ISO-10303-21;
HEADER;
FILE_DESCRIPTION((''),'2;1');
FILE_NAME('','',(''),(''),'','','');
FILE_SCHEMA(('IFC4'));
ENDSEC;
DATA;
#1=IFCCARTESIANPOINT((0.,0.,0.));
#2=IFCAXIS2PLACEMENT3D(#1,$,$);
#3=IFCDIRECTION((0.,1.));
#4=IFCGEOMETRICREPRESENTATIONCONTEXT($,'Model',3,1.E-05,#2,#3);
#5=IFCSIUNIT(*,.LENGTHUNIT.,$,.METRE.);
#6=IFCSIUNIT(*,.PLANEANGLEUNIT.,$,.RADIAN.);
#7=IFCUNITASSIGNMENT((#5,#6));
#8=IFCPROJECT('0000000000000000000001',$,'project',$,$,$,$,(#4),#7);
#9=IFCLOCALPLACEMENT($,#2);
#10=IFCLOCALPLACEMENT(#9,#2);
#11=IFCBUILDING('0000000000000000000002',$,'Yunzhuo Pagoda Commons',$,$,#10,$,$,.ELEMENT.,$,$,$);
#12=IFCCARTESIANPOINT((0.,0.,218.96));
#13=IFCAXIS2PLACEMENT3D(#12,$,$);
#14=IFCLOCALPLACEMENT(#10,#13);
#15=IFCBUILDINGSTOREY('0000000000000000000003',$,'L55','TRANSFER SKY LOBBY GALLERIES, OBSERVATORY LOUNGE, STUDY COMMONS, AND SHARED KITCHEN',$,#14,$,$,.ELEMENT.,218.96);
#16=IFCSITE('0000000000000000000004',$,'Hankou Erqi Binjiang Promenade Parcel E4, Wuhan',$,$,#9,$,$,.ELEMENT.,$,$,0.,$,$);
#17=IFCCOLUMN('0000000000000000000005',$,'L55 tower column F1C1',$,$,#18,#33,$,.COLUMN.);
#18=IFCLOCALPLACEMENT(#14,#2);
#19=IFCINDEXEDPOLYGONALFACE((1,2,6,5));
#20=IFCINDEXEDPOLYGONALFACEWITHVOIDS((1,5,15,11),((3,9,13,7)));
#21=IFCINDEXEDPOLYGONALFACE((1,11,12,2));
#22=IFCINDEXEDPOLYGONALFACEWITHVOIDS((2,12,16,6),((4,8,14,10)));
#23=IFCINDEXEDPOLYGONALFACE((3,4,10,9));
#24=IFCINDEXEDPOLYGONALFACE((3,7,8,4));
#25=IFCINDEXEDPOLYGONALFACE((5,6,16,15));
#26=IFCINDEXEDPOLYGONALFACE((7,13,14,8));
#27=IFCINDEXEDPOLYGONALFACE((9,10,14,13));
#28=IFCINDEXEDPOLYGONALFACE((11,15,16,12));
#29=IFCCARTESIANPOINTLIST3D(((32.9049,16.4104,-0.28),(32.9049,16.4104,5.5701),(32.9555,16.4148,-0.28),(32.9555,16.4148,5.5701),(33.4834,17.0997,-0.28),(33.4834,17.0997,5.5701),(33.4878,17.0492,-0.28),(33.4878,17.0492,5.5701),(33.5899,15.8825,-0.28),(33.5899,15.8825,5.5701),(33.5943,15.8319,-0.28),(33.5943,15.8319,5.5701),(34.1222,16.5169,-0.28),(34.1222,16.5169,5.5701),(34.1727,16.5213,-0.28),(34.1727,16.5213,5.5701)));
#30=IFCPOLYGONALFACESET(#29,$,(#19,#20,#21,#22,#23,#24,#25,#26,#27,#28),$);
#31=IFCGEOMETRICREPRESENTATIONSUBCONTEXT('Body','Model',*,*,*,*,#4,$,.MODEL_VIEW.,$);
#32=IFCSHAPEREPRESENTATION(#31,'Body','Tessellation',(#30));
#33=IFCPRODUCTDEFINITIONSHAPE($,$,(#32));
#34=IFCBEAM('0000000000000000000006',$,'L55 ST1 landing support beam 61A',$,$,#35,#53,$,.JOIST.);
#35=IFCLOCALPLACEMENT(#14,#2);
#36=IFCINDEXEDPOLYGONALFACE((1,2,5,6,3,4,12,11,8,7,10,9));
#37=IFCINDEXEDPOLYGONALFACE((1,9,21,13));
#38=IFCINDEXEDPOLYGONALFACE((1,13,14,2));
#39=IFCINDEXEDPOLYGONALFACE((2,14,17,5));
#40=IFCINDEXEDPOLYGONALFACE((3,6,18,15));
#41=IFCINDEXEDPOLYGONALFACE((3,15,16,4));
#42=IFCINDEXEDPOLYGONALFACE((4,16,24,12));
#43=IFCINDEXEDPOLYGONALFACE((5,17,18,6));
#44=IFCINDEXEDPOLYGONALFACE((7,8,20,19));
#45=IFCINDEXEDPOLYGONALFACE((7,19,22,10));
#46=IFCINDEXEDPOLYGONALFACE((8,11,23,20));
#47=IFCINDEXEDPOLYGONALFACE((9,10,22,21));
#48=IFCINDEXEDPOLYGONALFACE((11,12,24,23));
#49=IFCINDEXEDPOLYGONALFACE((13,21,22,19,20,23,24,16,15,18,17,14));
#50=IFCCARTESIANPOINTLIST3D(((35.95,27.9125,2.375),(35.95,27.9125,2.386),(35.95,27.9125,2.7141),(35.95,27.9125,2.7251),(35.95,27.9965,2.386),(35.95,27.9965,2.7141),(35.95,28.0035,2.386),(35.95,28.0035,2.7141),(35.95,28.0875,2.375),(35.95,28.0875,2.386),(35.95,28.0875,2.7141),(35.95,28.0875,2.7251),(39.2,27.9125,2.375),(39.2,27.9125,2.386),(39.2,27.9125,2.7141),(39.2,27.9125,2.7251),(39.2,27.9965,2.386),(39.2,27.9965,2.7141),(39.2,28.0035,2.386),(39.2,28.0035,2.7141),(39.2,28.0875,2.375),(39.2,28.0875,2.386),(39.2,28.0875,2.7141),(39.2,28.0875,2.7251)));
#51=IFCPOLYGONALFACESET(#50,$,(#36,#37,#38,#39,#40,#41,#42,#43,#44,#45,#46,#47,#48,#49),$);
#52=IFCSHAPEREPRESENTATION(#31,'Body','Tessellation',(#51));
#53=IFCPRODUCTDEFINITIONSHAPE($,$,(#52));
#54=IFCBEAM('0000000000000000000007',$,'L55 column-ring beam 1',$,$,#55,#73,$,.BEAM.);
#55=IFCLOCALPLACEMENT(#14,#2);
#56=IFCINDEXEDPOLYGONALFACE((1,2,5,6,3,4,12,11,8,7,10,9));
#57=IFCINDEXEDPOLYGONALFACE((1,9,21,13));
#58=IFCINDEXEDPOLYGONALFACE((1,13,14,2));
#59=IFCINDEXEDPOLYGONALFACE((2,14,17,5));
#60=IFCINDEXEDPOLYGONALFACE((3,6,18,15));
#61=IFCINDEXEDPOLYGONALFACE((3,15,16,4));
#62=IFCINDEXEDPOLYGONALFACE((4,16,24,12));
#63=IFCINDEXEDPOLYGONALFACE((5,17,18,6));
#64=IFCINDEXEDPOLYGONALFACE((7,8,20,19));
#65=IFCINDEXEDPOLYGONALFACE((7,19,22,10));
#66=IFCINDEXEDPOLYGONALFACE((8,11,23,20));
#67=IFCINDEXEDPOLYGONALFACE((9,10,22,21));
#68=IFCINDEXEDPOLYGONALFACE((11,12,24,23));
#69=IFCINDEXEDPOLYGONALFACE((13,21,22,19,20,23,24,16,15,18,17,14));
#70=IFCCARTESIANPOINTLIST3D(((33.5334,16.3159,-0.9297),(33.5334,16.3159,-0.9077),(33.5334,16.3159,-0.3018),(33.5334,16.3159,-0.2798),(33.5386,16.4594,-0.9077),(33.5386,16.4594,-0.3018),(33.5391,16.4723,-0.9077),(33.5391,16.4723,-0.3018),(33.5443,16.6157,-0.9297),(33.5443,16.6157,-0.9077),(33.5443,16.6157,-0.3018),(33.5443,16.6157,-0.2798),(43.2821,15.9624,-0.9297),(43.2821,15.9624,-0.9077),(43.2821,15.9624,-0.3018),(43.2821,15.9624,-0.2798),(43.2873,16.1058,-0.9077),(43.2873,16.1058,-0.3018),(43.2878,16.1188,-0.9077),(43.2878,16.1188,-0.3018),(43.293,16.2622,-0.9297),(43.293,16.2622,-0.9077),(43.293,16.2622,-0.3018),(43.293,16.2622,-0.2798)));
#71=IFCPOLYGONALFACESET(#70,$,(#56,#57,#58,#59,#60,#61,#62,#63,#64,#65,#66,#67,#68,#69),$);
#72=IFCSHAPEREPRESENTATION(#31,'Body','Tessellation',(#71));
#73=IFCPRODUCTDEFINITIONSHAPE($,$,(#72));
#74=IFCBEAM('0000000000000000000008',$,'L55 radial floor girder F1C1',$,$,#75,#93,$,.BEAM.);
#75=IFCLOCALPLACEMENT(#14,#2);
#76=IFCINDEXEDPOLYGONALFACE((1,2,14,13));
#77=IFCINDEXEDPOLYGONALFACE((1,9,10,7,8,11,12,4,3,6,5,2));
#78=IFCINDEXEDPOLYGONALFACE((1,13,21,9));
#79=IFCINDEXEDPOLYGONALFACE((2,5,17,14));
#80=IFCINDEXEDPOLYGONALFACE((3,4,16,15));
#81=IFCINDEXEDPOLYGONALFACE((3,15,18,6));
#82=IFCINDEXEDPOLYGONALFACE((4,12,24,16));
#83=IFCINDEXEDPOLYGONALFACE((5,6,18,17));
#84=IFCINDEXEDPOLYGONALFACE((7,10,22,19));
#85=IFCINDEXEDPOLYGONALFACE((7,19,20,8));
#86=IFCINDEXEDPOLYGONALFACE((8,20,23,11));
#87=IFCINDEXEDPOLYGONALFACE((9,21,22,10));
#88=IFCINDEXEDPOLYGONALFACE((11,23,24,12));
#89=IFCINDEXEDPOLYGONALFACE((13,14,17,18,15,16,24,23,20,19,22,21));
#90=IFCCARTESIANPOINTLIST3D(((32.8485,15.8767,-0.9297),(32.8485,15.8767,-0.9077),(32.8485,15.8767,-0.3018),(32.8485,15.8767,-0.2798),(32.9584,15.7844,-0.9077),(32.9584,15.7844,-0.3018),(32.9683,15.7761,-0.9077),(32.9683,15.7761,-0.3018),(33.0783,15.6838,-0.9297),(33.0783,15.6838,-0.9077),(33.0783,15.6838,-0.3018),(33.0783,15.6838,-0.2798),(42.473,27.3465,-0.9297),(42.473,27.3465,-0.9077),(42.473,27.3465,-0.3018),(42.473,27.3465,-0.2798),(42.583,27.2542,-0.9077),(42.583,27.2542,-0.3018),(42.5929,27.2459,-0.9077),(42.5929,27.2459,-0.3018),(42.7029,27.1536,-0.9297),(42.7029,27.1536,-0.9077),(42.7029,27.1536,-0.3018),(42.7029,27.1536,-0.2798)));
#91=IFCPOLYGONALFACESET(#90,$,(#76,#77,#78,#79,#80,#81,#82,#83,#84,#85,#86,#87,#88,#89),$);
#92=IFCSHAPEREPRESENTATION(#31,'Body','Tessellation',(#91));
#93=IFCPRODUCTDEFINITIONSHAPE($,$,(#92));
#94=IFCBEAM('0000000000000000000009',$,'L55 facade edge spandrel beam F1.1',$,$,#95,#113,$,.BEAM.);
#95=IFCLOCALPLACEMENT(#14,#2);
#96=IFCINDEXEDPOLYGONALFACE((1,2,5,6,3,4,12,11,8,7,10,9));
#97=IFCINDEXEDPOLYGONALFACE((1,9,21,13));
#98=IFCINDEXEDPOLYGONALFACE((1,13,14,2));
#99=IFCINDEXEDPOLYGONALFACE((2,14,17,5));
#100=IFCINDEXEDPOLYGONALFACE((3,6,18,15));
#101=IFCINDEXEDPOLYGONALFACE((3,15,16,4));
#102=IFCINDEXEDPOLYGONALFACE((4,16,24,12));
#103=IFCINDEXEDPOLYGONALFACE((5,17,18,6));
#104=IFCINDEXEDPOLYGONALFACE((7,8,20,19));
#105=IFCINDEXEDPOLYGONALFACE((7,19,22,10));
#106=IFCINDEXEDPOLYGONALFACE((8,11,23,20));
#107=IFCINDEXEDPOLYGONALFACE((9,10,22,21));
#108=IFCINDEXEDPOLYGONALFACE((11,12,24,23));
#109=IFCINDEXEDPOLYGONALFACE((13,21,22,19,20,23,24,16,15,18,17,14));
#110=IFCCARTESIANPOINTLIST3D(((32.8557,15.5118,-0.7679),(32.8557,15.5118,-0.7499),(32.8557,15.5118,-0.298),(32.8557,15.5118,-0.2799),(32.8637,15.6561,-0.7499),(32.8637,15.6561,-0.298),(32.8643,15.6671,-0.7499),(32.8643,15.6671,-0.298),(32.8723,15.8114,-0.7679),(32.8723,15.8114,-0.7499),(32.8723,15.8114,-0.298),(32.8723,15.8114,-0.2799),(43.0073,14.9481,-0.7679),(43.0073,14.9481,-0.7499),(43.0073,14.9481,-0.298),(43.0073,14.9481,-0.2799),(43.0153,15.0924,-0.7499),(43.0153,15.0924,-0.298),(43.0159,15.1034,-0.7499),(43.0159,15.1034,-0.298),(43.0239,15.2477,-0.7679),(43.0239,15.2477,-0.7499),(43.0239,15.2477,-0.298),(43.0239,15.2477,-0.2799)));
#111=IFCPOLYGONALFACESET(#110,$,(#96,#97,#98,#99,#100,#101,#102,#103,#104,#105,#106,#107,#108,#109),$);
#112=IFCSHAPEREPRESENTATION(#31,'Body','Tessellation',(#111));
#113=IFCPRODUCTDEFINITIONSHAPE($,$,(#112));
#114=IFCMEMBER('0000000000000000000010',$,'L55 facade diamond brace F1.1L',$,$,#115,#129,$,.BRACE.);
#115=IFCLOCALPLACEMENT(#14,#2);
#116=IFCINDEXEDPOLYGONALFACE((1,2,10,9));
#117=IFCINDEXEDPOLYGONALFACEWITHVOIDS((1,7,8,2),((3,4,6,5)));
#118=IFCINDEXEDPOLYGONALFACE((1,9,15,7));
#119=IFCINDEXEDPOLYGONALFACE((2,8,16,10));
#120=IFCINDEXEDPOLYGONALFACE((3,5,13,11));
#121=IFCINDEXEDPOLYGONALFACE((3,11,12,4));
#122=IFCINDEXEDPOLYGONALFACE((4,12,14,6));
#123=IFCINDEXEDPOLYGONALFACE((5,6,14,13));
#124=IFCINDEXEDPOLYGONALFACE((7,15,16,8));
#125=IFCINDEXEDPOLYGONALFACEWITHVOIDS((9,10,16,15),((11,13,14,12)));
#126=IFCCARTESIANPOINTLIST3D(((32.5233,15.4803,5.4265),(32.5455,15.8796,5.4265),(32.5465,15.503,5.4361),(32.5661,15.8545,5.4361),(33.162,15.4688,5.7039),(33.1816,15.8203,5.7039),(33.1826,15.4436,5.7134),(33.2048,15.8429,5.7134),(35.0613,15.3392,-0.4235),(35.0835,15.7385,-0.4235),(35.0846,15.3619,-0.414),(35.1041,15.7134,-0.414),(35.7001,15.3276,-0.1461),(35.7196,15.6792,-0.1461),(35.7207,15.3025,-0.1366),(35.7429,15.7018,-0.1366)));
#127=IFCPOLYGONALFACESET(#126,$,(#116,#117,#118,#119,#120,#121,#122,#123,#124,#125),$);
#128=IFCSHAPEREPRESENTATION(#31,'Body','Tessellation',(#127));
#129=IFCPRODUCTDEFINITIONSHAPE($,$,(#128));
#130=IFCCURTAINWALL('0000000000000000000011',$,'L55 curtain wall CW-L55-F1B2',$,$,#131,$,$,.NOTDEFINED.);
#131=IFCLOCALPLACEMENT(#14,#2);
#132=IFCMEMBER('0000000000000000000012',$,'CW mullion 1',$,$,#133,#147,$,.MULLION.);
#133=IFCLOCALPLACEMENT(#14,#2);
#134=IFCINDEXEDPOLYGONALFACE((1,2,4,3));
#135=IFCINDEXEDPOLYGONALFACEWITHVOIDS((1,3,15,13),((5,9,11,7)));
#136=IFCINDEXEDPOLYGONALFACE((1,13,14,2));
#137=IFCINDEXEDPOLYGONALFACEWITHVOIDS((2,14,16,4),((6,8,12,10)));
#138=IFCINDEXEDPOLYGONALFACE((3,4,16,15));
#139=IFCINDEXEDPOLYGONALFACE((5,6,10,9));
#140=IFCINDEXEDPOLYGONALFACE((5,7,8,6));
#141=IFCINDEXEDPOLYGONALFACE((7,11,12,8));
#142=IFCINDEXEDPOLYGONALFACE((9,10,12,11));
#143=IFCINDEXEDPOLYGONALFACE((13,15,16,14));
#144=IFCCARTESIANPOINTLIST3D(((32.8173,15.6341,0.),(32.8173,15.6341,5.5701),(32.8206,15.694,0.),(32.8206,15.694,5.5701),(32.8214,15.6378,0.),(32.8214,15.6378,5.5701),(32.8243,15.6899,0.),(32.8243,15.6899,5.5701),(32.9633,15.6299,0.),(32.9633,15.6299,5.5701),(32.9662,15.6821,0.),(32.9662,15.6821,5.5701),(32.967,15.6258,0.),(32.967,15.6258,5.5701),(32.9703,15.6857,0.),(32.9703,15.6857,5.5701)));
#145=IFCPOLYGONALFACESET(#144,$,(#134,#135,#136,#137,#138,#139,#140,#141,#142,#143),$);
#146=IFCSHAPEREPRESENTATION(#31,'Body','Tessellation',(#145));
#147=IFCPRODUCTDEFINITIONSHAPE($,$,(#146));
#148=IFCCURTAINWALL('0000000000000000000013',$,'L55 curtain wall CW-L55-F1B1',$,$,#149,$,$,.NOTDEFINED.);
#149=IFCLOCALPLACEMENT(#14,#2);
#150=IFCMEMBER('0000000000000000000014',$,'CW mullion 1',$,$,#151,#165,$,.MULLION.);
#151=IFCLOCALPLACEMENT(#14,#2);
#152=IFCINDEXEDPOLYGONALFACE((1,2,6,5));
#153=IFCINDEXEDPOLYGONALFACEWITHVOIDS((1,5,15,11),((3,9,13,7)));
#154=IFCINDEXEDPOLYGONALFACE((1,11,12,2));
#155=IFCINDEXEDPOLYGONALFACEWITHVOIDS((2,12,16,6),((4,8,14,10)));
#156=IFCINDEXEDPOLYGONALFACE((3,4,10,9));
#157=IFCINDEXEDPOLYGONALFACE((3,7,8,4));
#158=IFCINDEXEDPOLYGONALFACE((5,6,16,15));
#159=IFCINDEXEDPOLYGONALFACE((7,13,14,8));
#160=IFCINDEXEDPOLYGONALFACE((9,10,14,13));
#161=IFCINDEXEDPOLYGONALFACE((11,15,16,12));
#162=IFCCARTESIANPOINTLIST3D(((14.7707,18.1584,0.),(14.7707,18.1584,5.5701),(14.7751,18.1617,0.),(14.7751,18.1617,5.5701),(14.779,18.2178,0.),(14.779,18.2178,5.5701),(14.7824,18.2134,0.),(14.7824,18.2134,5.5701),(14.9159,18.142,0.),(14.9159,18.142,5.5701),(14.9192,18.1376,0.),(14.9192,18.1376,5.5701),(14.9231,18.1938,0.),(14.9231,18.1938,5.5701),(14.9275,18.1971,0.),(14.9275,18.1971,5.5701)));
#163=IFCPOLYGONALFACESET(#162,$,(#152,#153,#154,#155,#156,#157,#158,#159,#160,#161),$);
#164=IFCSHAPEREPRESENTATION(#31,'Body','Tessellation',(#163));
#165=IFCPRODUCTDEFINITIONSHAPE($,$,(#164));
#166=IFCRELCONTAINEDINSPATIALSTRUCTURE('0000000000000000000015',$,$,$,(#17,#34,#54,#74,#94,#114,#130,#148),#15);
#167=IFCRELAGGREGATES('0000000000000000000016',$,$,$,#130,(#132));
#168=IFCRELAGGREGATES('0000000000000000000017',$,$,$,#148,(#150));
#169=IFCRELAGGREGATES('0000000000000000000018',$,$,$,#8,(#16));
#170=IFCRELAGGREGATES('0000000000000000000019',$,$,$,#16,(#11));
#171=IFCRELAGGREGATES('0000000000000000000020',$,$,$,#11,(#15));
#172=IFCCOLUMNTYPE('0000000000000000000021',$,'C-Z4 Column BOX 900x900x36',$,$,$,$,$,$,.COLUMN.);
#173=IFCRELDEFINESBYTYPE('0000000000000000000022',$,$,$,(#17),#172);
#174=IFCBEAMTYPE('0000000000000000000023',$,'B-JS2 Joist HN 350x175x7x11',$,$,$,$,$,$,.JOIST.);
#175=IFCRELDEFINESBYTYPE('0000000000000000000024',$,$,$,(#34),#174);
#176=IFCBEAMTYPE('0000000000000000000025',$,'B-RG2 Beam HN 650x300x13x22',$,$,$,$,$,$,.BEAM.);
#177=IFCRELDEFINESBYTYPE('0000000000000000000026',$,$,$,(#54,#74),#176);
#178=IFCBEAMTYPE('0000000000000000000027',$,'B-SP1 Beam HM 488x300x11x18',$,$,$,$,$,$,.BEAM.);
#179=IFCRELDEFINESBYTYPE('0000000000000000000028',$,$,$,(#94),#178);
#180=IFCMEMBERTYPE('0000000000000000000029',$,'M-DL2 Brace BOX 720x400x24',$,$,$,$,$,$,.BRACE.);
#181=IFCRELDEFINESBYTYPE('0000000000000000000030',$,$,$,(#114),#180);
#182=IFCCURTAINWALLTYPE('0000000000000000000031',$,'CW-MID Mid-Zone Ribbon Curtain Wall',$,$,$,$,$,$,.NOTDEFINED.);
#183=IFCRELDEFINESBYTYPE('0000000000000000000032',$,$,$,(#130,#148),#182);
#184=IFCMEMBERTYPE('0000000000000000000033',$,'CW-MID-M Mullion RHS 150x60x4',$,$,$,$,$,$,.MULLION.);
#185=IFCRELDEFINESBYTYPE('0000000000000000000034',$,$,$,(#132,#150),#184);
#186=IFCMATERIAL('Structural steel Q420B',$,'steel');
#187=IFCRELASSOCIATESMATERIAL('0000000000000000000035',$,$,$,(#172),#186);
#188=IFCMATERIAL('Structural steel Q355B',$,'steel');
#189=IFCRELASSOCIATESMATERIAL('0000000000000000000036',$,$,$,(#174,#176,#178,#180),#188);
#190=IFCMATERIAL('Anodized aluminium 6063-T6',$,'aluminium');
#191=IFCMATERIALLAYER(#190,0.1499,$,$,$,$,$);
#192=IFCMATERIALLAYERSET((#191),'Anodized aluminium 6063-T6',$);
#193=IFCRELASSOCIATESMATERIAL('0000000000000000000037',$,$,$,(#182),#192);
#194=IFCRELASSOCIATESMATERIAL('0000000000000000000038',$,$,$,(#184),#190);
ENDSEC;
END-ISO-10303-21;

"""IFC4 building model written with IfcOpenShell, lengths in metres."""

from ifc_helpers import new_model, si_unit, direction, frame, origin, origin_2d, place, context, subcontext, project, spatial, hollow_rectangle, i_section, extrude, source, transform, mapped, material, layer, layer_set, material_profile, profile_set, type_object, element, aggregate, save


model = new_model("IFC4")

# Units and contexts
model_context = context("Model", 3, precision=1e-05, world=origin(), true_north=direction((0.0, 1.0)))
body_context = subcontext(model_context, "Body", "Model", "MODEL_VIEW")
ifc_project = project(units=[si_unit("LENGTHUNIT", "METRE"), si_unit("PLANEANGLEUNIT", "RADIAN")], contexts=[model_context])

# Site, building, storey
site_placement = place(None, origin())
site = spatial("IfcSite", under=ifc_project, at=site_placement, Name="Hankou Erqi Binjiang Promenade Parcel E4, Wuhan", CompositionType="ELEMENT", RefElevation=0.0)
building_placement = place(site_placement, origin())
building = spatial("IfcBuilding", under=site, at=building_placement, Name="Yunzhuo Pagoda Commons", CompositionType="ELEMENT")
storey_placement = place(building_placement, frame((0.0, 0.0, 218.96)))
storey = spatial("IfcBuildingStorey", under=building, at=storey_placement, Name="L55", Description="TRANSFER SKY LOBBY GALLERIES, OBSERVATORY LOUNGE, STUDY COMMONS, AND SHARED KITCHEN", CompositionType="ELEMENT", Elevation=218.96)

# Column
ifc_material_1 = material(Name="Structural steel Q420B", Category="steel")
ifc_material_profile_1 = material_profile(ifc_material_1, hollow_rectangle(XDim=0.8999, YDim=0.8999, WallThickness=0.0359, at=origin_2d()), Name="Structural steel Q420B")
ifc_profile_set_1 = profile_set([ifc_material_profile_1], Name="Structural steel Q420B")
column_type = type_object("IfcColumnType", Name="C-Z4 Column BOX 900x900x36", PredefinedType="COLUMN", material=ifc_profile_set_1)
shared_shape_1 = source(origin(), body_context, "Body", "SweptSolid", [
    extrude(hollow_rectangle(XDim=0.8999, YDim=0.8999, WallThickness=0.0359, at=origin_2d()), origin(), (0.0, 0.0, 1.0), 5.8501),
])
column_placement = place(storey_placement, frame((33.5388, 16.4658, -0.28), z_axis=(0.0, 0.0, 1.0), x_axis=(0.766044, -0.642788, 0.0)))
element("IfcColumn", 1, at=column_placement, inside=storey, type_object=column_type, Name="L55 tower column F1C1", PredefinedType="COLUMN", context=body_context, shape_type="MappedRepresentation", body=[
    mapped(shared_shape_1, transform((0.0, 0.0, 0.0), scale=1.0)),
])

# Beams
ifc_material_2 = material(Name="Structural steel Q355B", Category="steel")
ifc_material_profile_2 = material_profile(ifc_material_2, i_section(OverallWidth=0.175, OverallDepth=0.3501, WebThickness=0.0071, FlangeThickness=0.011, at=origin_2d()), Name="Structural steel Q355B")
ifc_profile_set_2 = profile_set([ifc_material_profile_2], Name="Structural steel Q355B")
beam_type_1 = type_object("IfcBeamType", Name="B-JS2 Joist HN 350x175x7x11", PredefinedType="JOIST", material=ifc_profile_set_2)
shared_shape_2 = source(origin(), body_context, "Body", "SweptSolid", [
    extrude(i_section(OverallWidth=0.175, OverallDepth=0.3501, WebThickness=0.0071, FlangeThickness=0.011, at=origin_2d()), origin(), (0.0, 0.0, 1.0), 3.25),
])
beam_1_placement = place(storey_placement, frame((35.95, 28.0, 2.55), z_axis=(1.0, 0.0, 0.0), x_axis=(0.0, 1.0, 0.0)))
element("IfcBeam", 2, at=beam_1_placement, inside=storey, type_object=beam_type_1, Name="L55 ST1 landing support beam 61A", PredefinedType="JOIST", context=body_context, shape_type="MappedRepresentation", body=[
    mapped(shared_shape_2, transform((0.0, 0.0, 0.0), scale=1.0)),
])
ifc_material_profile_3 = material_profile(ifc_material_2, i_section(OverallWidth=0.3, OverallDepth=0.6499, WebThickness=0.0129, FlangeThickness=0.022, at=origin_2d()), Name="Structural steel Q355B")
ifc_profile_set_3 = profile_set([ifc_material_profile_3], Name="Structural steel Q355B")
beam_type_2 = type_object("IfcBeamType", Name="B-RG2 Beam HN 650x300x13x22", PredefinedType="BEAM", material=ifc_profile_set_3)
shared_shape_3 = source(origin(), body_context, "Body", "SweptSolid", [
    extrude(i_section(OverallWidth=0.3, OverallDepth=0.6499, WebThickness=0.0129, FlangeThickness=0.022, at=origin_2d()), origin(), (0.0, 0.0, 1.0), 9.7551),
])
beam_2_placement = place(storey_placement, frame((33.5388, 16.4658, -0.6047), z_axis=(0.999343, -0.036239, 0.0), x_axis=(0.036239, 0.999343, 0.0)))
element("IfcBeam", 3, at=beam_2_placement, inside=storey, type_object=beam_type_2, Name="L55 column-ring beam 1", PredefinedType="BEAM", context=body_context, shape_type="MappedRepresentation", body=[
    mapped(shared_shape_3, transform((0.0, 0.0, 0.0), scale=1.0)),
])
shared_shape_4 = source(origin(), body_context, "Body", "SweptSolid", [
    extrude(i_section(OverallWidth=0.3, OverallDepth=0.6499, WebThickness=0.0129, FlangeThickness=0.022, at=origin_2d()), origin(), (0.0, 0.0, 1.0), 14.9729),
])
beam_3_placement = place(storey_placement, frame((32.9634, 15.7803, -0.6047), z_axis=(0.642798, 0.766036, 0.0), x_axis=(-0.766036, 0.642798, 0.0)))
element("IfcBeam", 4, at=beam_3_placement, inside=storey, type_object=beam_type_2, Name="L55 radial floor girder F1C1", PredefinedType="BEAM", context=body_context, shape_type="MappedRepresentation", body=[
    mapped(shared_shape_4, transform((0.0, 0.0, 0.0), scale=1.0)),
])
ifc_material_profile_4 = material_profile(ifc_material_2, i_section(OverallWidth=0.3, OverallDepth=0.488, WebThickness=0.011, FlangeThickness=0.0181, at=origin_2d()), Name="Structural steel Q355B")
ifc_profile_set_4 = profile_set([ifc_material_profile_4], Name="Structural steel Q355B")
beam_type_3 = type_object("IfcBeamType", Name="B-SP1 Beam HM 488x300x11x18", PredefinedType="BEAM", material=ifc_profile_set_4)
shared_shape_5 = source(origin(), body_context, "Body", "SweptSolid", [
    extrude(i_section(OverallWidth=0.3, OverallDepth=0.488, WebThickness=0.011, FlangeThickness=0.0181, at=origin_2d()), origin(), (0.0, 0.0, 1.0), 10.1672),
])
beam_4_placement = place(storey_placement, frame((32.864, 15.6616, -0.5239), z_axis=(0.998462, -0.055445, 0.0), x_axis=(0.055445, 0.998462, 0.0)))
element("IfcBeam", 5, at=beam_4_placement, inside=storey, type_object=beam_type_3, Name="L55 facade edge spandrel beam F1.1", PredefinedType="BEAM", context=body_context, shape_type="MappedRepresentation", body=[
    mapped(shared_shape_5, transform((0.0, 0.0, 0.0), scale=1.0)),
])

# Member
ifc_material_profile_5 = material_profile(ifc_material_2, hollow_rectangle(XDim=0.3999, YDim=0.72, WallThickness=0.0239, at=origin_2d()), Name="Structural steel Q355B")
ifc_profile_set_5 = profile_set([ifc_material_profile_5], Name="Structural steel Q355B")
member_type_1 = type_object("IfcMemberType", Name="M-DL2 Brace BOX 720x400x24", PredefinedType="BRACE", material=ifc_profile_set_5)
shared_shape_6 = source(origin(), body_context, "Body", "SweptSolid", [
    extrude(hollow_rectangle(XDim=0.3999, YDim=0.72, WallThickness=0.0239, at=origin_2d()), origin(), (0.0, 0.0, 1.0), 6.3784),
])
member_1_placement = place(storey_placement, frame((35.4021, 15.5205, -0.28), z_axis=(-0.397912, 0.022123, 0.917157), x_axis=(-0.055513, -0.998458, 0.0)))
element("IfcMember", 6, at=member_1_placement, inside=storey, type_object=member_type_1, Name="L55 facade diamond brace F1.1L", PredefinedType="BRACE", context=body_context, shape_type="MappedRepresentation", body=[
    mapped(shared_shape_6, transform((0.0, 0.0, 0.0), scale=1.0)),
])

# Curtain wall, member
ifc_material_3 = material(Name="Anodized aluminium 6063-T6", Category="aluminium")
ifc_layer_1 = layer(ifc_material_3, 0.1499)
ifc_layer_set_1 = layer_set([ifc_layer_1], Name="Anodized aluminium 6063-T6")
curtain_wall_type_1 = type_object("IfcCurtainWallType", Name="CW-MID Mid-Zone Ribbon Curtain Wall", PredefinedType="NOTDEFINED", material=ifc_layer_set_1)
curtain_wall_1_placement = place(storey_placement, origin())
curtain_wall_1 = element("IfcCurtainWall", 7, at=curtain_wall_1_placement, inside=storey, type_object=curtain_wall_type_1, Name="L55 curtain wall CW-L55-F1B2", PredefinedType="NOTDEFINED")
ifc_material_profile_6 = material_profile(ifc_material_3, hollow_rectangle(XDim=0.0601, YDim=0.1499, WallThickness=0.0039, at=origin_2d()), Name="Anodized aluminium 6063-T6")
ifc_profile_set_6 = profile_set([ifc_material_profile_6], Name="Anodized aluminium 6063-T6")
member_type_2 = type_object("IfcMemberType", Name="CW-MID-M Mullion RHS 150x60x4", PredefinedType="MULLION", material=ifc_profile_set_6)
shared_shape_7 = source(origin(), body_context, "Body", "SweptSolid", [
    extrude(hollow_rectangle(XDim=0.0601, YDim=0.1499, WallThickness=0.0039, at=origin_2d()), origin(), (0.0, 0.0, 1.0), 5.5701),
])
member_2_placement = place(storey_placement, frame((32.8938, 15.6599, 0.0), z_axis=(0.0, 0.0, 1.0), x_axis=(0.055423, 0.998463, 0.0)))
member_2 = element("IfcMember", 8, at=member_2_placement, type_object=member_type_2, Name="CW mullion 1", PredefinedType="MULLION", context=body_context, shape_type="MappedRepresentation", body=[
    mapped(shared_shape_7, transform((0.0, 0.0, 0.0), scale=1.0)),
])

# Curtain wall, member
curtain_wall_2_placement = place(storey_placement, origin())
curtain_wall_2 = element("IfcCurtainWall", 9, at=curtain_wall_2_placement, inside=storey, type_object=curtain_wall_type_1, Name="L55 curtain wall CW-L55-F1B1", PredefinedType="NOTDEFINED")
member_3_placement = place(storey_placement, frame((14.8491, 18.1777, 0.0), z_axis=(0.0, 0.0, 1.0), x_axis=(0.138332, 0.990386, 0.0)))
member_3 = element("IfcMember", 10, at=member_3_placement, type_object=member_type_2, Name="CW mullion 1", PredefinedType="MULLION", context=body_context, shape_type="MappedRepresentation", body=[
    mapped(shared_shape_7, transform((0.0, 0.0, 0.0), scale=1.0)),
])

aggregate(curtain_wall_1, [member_2])
aggregate(curtain_wall_2, [member_3])

save(model, "model.ifc")
